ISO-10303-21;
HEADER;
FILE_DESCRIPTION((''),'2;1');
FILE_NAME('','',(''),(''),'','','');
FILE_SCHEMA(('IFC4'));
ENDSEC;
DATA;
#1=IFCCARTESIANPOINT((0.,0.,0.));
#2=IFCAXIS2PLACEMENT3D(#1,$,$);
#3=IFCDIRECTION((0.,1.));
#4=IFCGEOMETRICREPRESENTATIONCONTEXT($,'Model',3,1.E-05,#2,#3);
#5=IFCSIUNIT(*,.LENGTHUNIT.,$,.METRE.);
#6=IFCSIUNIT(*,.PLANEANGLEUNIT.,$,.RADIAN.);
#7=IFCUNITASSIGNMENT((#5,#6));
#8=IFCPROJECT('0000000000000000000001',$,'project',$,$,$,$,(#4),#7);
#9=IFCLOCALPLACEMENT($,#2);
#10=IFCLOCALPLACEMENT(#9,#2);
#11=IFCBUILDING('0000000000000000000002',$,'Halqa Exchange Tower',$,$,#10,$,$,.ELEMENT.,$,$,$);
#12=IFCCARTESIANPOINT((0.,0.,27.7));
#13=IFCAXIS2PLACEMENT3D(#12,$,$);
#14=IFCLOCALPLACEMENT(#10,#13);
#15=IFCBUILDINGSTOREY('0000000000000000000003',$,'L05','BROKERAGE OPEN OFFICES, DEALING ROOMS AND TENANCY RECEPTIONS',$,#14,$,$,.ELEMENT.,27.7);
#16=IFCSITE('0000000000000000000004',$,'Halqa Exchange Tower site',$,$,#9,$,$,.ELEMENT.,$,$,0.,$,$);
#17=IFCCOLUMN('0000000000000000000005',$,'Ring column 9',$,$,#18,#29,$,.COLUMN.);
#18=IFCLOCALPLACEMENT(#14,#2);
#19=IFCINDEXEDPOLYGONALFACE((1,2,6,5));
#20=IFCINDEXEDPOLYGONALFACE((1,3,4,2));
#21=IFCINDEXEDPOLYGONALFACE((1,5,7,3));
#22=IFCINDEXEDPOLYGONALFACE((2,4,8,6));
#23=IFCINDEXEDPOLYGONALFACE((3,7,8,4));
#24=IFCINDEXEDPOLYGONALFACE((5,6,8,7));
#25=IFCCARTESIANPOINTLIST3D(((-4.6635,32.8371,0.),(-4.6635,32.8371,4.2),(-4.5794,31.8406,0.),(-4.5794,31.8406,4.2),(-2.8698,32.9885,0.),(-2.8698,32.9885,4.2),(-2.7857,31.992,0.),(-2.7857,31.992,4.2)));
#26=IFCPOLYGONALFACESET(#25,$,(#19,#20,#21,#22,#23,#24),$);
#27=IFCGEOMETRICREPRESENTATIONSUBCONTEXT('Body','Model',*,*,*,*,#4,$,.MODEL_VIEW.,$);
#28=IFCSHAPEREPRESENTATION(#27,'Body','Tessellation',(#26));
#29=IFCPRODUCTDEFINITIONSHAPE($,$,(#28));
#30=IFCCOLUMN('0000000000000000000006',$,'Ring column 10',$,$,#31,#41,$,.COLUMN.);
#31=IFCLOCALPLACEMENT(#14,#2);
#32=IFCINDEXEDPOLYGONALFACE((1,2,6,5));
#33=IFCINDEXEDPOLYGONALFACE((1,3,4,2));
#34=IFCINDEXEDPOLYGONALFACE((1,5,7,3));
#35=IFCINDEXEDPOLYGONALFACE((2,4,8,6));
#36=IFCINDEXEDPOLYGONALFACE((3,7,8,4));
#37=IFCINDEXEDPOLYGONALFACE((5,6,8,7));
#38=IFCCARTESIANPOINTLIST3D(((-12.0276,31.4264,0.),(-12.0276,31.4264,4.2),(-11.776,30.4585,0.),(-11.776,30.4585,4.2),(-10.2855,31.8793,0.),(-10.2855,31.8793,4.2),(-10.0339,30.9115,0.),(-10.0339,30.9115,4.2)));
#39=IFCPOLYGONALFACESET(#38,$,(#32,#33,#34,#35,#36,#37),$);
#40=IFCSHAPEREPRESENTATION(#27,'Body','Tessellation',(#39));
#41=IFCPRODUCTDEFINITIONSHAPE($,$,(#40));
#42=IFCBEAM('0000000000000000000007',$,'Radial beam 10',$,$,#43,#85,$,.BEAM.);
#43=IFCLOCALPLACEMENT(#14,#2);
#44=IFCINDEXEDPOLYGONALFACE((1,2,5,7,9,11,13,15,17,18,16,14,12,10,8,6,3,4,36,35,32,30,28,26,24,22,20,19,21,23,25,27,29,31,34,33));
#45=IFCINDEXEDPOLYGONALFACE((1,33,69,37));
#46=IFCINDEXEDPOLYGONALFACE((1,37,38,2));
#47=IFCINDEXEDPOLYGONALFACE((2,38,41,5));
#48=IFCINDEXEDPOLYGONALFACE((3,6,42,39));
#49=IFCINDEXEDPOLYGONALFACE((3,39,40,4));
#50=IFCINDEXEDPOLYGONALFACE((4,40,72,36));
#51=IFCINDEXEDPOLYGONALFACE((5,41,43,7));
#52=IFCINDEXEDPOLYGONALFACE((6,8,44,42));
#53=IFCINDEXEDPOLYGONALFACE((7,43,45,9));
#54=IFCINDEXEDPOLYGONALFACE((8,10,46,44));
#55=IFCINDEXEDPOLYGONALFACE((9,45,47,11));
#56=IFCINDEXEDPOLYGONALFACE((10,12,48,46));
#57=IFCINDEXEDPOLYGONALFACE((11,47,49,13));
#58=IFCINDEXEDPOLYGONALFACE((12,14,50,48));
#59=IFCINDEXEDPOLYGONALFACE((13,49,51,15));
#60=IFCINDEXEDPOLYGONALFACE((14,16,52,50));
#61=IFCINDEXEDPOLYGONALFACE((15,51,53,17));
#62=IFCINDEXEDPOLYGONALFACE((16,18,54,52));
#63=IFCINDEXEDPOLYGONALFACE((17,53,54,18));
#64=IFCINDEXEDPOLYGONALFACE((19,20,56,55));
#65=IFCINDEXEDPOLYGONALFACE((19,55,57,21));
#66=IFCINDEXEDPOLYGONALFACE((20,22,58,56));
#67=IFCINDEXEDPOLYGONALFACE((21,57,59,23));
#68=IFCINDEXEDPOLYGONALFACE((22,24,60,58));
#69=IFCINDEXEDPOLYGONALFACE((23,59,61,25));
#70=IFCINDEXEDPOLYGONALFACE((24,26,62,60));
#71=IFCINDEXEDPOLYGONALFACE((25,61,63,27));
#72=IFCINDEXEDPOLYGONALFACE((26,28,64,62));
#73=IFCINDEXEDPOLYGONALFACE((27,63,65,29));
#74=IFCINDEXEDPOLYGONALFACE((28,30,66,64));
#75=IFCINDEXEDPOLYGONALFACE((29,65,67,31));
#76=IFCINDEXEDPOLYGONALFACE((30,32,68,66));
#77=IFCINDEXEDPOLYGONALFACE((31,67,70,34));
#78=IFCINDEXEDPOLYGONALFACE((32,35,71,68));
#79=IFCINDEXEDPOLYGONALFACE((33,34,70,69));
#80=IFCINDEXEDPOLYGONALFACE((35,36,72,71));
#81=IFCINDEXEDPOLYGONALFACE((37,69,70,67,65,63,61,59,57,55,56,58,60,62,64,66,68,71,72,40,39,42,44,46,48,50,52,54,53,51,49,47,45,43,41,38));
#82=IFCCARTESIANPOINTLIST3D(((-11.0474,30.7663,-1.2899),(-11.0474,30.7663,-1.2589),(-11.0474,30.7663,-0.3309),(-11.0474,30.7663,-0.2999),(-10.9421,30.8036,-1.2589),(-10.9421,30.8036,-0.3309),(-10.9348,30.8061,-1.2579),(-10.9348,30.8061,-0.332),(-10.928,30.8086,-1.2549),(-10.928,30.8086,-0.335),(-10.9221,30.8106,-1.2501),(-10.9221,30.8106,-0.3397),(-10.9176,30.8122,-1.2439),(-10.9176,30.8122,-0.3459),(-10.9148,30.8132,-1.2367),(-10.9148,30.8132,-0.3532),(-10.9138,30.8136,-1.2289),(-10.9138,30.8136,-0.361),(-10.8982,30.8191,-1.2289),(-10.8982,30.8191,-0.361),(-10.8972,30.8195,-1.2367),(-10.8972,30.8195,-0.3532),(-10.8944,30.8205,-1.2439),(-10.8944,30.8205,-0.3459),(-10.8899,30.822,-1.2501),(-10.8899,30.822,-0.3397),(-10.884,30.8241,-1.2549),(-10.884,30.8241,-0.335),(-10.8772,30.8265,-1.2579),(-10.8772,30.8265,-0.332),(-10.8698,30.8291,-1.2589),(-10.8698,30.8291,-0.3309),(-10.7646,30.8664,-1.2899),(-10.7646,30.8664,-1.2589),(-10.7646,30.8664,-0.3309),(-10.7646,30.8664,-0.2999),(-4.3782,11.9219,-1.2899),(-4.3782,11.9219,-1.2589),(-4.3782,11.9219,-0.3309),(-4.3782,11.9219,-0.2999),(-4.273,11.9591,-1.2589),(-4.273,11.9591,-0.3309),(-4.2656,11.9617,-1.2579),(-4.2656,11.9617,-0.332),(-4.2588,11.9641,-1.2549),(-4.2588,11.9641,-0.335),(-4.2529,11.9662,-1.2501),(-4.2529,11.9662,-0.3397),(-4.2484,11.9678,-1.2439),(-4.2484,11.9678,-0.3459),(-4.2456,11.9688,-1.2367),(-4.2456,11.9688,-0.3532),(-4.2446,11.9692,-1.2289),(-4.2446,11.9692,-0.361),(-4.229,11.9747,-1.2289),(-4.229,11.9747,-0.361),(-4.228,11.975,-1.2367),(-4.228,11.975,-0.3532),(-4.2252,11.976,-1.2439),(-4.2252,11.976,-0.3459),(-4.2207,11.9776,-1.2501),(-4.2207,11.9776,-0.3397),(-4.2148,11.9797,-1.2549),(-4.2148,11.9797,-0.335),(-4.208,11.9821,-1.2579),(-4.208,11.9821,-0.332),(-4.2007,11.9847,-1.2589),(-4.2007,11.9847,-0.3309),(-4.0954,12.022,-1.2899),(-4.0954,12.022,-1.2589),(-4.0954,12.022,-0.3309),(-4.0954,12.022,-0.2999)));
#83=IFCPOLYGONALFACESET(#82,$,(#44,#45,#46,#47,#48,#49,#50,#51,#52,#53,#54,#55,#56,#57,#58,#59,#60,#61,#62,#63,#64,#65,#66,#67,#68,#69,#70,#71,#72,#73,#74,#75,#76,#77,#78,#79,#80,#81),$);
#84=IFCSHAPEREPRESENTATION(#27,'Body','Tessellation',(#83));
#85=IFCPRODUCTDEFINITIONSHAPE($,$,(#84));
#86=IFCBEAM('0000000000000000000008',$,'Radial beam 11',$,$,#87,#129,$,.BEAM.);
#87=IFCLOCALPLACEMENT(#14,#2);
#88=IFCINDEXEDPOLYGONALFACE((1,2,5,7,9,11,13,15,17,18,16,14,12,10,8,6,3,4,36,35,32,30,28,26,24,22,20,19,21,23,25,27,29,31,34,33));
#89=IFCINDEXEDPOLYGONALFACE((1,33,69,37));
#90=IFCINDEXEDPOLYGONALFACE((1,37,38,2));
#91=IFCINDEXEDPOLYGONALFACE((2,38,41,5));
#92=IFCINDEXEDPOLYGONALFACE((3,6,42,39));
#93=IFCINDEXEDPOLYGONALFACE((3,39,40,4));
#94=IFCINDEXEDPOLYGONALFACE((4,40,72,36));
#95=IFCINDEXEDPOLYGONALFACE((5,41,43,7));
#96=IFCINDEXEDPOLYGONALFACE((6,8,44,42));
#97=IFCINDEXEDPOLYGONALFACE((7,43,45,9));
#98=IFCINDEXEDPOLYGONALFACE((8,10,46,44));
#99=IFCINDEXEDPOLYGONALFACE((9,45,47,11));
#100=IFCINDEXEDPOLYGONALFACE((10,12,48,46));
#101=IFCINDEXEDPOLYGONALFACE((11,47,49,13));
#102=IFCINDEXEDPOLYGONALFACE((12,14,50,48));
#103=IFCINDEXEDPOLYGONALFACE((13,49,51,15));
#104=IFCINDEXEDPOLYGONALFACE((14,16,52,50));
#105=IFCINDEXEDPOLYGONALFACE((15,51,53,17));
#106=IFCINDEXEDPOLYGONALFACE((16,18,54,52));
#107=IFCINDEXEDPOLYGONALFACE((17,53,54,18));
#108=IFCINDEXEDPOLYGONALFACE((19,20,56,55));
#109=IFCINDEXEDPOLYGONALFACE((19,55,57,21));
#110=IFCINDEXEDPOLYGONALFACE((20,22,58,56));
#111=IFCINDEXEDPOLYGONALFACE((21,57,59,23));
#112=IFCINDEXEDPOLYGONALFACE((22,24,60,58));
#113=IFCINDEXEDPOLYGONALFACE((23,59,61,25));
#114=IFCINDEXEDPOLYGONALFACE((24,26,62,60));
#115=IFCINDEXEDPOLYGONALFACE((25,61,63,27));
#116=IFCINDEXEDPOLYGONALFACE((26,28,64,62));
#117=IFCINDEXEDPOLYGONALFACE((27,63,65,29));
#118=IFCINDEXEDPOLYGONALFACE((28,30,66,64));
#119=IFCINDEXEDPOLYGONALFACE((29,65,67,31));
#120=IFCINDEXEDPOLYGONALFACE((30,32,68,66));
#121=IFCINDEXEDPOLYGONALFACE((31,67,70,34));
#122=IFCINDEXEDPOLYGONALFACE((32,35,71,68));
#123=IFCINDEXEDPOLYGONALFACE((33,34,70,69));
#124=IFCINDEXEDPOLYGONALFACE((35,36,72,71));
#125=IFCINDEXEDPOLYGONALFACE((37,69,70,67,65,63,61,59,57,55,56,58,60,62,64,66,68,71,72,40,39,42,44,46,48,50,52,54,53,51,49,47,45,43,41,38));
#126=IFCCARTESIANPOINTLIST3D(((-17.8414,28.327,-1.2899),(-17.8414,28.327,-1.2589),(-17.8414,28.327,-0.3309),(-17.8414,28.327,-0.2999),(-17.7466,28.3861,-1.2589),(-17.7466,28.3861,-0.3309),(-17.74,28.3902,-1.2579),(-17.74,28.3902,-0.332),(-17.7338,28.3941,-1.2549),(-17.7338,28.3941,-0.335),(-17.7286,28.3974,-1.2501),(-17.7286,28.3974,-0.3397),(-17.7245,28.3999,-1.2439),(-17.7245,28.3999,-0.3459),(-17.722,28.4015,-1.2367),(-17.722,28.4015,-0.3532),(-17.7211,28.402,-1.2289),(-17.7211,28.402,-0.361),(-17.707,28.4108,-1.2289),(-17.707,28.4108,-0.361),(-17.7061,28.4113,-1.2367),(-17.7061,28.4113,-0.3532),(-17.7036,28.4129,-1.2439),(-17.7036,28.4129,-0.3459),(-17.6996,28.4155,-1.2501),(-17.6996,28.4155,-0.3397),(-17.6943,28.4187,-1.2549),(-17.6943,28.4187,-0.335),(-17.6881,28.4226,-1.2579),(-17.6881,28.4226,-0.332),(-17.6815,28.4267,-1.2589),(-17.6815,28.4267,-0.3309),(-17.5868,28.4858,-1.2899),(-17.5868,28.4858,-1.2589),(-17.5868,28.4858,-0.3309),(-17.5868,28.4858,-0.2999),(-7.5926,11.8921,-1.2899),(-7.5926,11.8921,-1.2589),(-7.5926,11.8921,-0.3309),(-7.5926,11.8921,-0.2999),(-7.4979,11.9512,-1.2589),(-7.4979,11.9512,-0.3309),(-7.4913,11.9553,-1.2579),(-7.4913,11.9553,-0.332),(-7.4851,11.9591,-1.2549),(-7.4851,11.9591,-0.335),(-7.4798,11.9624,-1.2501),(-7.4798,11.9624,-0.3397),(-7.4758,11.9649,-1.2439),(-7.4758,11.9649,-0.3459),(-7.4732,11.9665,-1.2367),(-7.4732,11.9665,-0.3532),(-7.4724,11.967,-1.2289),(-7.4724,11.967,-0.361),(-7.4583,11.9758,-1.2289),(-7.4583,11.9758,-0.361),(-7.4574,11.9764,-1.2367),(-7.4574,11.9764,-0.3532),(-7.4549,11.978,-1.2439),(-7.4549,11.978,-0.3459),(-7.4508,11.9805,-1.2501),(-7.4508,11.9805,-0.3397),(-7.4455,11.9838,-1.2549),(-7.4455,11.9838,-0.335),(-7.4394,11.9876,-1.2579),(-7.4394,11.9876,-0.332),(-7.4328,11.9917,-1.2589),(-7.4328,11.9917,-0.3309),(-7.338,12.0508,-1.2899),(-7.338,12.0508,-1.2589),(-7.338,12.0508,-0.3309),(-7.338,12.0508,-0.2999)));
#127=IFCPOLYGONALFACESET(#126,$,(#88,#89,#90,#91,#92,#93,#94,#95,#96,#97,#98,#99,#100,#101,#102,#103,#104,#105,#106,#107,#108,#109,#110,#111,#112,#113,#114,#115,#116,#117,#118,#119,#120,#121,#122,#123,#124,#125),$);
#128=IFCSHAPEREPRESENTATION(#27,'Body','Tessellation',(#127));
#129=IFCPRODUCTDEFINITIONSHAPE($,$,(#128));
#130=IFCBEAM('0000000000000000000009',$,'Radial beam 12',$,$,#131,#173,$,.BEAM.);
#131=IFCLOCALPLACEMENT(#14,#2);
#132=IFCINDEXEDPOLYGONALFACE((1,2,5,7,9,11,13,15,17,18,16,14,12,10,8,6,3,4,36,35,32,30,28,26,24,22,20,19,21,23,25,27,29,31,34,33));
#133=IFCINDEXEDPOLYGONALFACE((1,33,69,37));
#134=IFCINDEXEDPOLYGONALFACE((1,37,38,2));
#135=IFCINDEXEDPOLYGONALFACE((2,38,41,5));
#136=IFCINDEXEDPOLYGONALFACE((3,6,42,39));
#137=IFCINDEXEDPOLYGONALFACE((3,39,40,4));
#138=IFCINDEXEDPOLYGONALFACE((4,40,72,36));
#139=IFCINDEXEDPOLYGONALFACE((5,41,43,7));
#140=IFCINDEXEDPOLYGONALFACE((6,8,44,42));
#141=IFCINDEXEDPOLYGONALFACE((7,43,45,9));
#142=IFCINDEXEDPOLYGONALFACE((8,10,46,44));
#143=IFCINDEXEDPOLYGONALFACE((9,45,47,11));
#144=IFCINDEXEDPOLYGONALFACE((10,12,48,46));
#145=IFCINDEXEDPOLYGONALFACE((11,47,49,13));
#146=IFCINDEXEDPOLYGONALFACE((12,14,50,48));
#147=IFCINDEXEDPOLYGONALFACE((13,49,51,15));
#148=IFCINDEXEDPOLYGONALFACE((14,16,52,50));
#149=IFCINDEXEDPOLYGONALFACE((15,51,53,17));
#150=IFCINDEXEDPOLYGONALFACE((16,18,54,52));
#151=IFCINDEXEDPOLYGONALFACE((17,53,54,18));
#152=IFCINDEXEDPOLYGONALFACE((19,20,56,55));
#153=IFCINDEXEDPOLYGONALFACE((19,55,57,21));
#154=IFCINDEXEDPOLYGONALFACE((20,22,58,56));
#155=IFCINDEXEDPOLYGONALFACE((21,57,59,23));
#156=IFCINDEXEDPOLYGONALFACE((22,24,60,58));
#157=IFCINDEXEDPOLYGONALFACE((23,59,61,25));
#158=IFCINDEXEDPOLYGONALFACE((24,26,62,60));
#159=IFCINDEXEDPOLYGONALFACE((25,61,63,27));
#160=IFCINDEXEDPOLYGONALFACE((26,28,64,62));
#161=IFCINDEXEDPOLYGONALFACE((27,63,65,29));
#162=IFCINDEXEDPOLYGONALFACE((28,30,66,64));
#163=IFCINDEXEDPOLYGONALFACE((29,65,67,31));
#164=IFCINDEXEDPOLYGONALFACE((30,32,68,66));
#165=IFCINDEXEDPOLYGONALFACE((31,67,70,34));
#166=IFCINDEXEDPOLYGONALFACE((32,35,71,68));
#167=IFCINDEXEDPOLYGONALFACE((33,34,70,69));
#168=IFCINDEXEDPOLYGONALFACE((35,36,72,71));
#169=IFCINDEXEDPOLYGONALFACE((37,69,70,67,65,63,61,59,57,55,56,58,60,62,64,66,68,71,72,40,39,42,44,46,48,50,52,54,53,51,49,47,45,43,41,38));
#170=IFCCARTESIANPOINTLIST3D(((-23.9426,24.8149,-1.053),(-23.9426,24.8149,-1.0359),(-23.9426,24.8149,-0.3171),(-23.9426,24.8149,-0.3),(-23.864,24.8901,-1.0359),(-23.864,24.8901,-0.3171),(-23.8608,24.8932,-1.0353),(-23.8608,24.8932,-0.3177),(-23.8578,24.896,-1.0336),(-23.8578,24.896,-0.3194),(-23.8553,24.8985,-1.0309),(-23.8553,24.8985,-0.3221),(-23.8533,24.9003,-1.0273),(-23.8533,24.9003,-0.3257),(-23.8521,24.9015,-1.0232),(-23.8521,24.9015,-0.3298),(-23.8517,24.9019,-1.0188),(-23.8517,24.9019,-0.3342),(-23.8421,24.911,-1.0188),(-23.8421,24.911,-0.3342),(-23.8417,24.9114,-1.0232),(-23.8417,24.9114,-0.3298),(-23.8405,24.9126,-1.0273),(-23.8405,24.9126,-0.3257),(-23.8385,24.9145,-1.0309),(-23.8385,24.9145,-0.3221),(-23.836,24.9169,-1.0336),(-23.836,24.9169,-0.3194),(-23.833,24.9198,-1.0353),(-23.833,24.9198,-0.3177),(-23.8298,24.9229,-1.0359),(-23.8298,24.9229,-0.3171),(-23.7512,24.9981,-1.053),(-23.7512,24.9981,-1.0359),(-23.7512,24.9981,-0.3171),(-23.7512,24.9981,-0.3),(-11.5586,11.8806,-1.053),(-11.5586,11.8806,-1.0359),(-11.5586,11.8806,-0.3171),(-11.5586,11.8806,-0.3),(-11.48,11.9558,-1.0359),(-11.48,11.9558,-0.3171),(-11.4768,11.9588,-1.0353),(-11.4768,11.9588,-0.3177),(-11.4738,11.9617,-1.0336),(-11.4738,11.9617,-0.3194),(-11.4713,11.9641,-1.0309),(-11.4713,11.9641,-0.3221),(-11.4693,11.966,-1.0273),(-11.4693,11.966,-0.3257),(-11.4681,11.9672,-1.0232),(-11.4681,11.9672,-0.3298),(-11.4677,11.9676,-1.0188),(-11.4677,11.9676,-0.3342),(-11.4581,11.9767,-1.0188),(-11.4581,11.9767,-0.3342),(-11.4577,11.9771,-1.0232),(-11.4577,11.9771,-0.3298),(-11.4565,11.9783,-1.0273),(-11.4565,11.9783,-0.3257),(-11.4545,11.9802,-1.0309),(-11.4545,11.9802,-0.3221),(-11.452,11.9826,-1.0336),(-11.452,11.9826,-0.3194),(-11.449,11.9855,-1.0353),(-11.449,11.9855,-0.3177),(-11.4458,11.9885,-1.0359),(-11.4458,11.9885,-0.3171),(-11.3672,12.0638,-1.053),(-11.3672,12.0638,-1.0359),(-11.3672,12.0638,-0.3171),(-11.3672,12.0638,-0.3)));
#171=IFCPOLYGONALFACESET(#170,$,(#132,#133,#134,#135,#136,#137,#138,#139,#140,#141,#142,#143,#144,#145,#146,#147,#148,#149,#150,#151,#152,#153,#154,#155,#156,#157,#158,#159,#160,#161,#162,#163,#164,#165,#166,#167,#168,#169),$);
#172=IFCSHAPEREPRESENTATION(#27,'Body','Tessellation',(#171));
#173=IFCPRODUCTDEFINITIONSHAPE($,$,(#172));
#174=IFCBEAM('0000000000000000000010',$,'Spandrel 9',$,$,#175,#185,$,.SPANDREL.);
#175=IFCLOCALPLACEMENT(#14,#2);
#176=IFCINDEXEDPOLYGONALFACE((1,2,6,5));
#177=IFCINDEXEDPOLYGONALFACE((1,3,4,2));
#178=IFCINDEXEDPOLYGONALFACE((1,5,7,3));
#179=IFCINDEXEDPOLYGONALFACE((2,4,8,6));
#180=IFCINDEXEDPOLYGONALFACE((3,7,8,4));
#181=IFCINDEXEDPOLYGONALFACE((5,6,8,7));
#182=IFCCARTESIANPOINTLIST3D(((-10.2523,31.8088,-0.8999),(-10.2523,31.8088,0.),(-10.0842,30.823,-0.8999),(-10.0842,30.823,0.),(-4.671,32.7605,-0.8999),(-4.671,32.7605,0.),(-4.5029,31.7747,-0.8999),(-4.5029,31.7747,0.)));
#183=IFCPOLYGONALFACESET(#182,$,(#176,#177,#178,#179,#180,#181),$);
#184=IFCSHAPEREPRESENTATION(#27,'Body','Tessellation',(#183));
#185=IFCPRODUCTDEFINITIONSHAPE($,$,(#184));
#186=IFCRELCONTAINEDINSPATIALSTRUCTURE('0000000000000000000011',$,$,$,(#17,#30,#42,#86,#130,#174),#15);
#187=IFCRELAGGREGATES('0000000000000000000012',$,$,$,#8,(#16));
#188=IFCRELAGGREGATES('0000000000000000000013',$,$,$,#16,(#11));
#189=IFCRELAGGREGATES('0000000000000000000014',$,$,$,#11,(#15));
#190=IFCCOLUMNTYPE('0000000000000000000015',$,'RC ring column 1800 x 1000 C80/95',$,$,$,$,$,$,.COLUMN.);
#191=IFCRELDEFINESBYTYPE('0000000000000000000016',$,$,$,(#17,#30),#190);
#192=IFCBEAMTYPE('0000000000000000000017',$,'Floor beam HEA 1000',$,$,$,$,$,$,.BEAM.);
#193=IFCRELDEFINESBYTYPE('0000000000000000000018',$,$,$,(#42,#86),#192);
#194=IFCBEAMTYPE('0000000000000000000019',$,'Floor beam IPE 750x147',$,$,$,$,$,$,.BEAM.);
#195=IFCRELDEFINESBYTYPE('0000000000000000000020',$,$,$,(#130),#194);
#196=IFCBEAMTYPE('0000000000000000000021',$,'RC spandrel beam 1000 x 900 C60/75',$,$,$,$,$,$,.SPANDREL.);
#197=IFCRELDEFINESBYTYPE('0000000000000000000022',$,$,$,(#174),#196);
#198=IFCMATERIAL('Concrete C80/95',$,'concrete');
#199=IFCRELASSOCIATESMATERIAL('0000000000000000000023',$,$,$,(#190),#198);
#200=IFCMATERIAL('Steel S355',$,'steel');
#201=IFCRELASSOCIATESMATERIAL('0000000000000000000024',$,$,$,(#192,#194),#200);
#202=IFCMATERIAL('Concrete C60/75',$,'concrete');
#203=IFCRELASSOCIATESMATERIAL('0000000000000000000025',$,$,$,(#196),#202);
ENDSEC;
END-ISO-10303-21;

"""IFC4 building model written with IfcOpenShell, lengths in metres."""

from ifc_helpers import new_model, si_unit, direction, frame, origin, origin_2d, place, context, subcontext, project, spatial, rectangle, i_section, extrude, material, material_profile, profile_set, type_object, element, save


model = new_model("IFC4")

# Units and contexts
model_context = context("Model", 3, precision=1e-05, world=origin(), true_north=direction((0.0, 1.0)))
body_context = subcontext(model_context, "Body", "Model", "MODEL_VIEW")
ifc_project = project(units=[si_unit("LENGTHUNIT", "METRE"), si_unit("PLANEANGLEUNIT", "RADIAN")], contexts=[model_context])

# Site, building, storey
site_placement = place(None, origin())
site = spatial("IfcSite", under=ifc_project, at=site_placement, Name="Halqa Exchange Tower site", CompositionType="ELEMENT", RefElevation=0.0)
building_placement = place(site_placement, origin())
building = spatial("IfcBuilding", under=site, at=building_placement, Name="Halqa Exchange Tower", CompositionType="ELEMENT")
storey_placement = place(building_placement, frame((0.0, 0.0, 27.7)))
storey = spatial("IfcBuildingStorey", under=building, at=storey_placement, Name="L05", Description="BROKERAGE OPEN OFFICES, DEALING ROOMS AND TENANCY RECEPTIONS", CompositionType="ELEMENT", Elevation=27.7)

# Columns
ifc_material_1 = material(Name="Concrete C80/95", Category="concrete")
ifc_material_profile_1 = material_profile(ifc_material_1, rectangle(XDim=1.8, YDim=1.0, at=origin_2d()), Name="1800 x 1000")
ifc_profile_set_1 = profile_set([ifc_material_profile_1], Name="Concrete C80/95")
column_type = type_object("IfcColumnType", Name="RC ring column 1800 x 1000 C80/95", PredefinedType="COLUMN", material=ifc_profile_set_1)
for number, where, z_axis, x_axis, name in (
    (1, (-3.7246, 32.4146, 0.0), (0.0, 0.0, 1.0), (-0.996455, -0.084123, 0.0), "Ring column 9"),
    (2, (-11.0308, 31.1689, 0.0), (0.0, 0.0, 1.0), (-0.967819, -0.251647, 0.0), "Ring column 10"),
):
    element("IfcColumn", number, at=place(storey_placement, frame(where, z_axis=z_axis, x_axis=x_axis)), inside=storey, type_object=column_type, Name=name, PredefinedType="COLUMN", context=body_context, shape_type="SweptSolid", body=[
        extrude(rectangle(XDim=1.8, YDim=1.0, at=origin_2d()), origin(), (0.0, 0.0, 1.0), 4.2),
    ])

# Beams
ifc_material_2 = material(Name="Steel S355", Category="steel")
ifc_material_profile_2 = material_profile(ifc_material_2, i_section(OverallWidth=0.3, OverallDepth=0.99, WebThickness=0.0166, FlangeThickness=0.031, FilletRadius=0.03, at=origin_2d()), Name="HEA 1000")
ifc_profile_set_2 = profile_set([ifc_material_profile_2], Name="Steel S355")
beam_type_1 = type_object("IfcBeamType", Name="Floor beam HEA 1000", PredefinedType="BEAM", material=ifc_profile_set_2)
beam_1_placement = place(storey_placement, frame((-4.2368, 11.9719, -0.7949), z_axis=(-0.333629, 0.942704, 0.0), x_axis=(-0.942704, -0.333629, 0.0)))
element("IfcBeam", 3, at=beam_1_placement, inside=storey, type_object=beam_type_1, Name="Radial beam 10", PredefinedType="BEAM", context=body_context, shape_type="SweptSolid", body=[
    extrude(i_section(OverallWidth=0.3, OverallDepth=0.99, WebThickness=0.0166, FlangeThickness=0.031, FilletRadius=0.03, at=origin_2d()), origin(), (0.0, 0.0, 1.0), 19.9897),
])
beam_2_placement = place(storey_placement, frame((-7.4653, 11.9714, -0.7949), z_axis=(-0.52914, 0.848535, 0.0), x_axis=(-0.848535, -0.52914, 0.0)))
element("IfcBeam", 4, at=beam_2_placement, inside=storey, type_object=beam_type_1, Name="Radial beam 11", PredefinedType="BEAM", context=body_context, shape_type="SweptSolid", body=[
    extrude(i_section(OverallWidth=0.3, OverallDepth=0.99, WebThickness=0.0166, FlangeThickness=0.031, FilletRadius=0.03, at=origin_2d()), origin(), (0.0, 0.0, 1.0), 19.3687),
])
ifc_material_profile_3 = material_profile(ifc_material_2, i_section(OverallWidth=0.2649, OverallDepth=0.7529, WebThickness=0.0132, FlangeThickness=0.0171, FilletRadius=0.0171, at=origin_2d()), Name="IPE 750x147")
ifc_profile_set_3 = profile_set([ifc_material_profile_3], Name="Steel S355")
beam_type_2 = type_object("IfcBeamType", Name="Floor beam IPE 750x147", PredefinedType="BEAM", material=ifc_profile_set_3)
beam_3_placement = place(storey_placement, frame((-11.4629, 11.9722, -0.6765), z_axis=(-0.691575, 0.722305, 0.0), x_axis=(-0.722305, -0.691575, 0.0)))
element("IfcBeam", 5, at=beam_3_placement, inside=storey, type_object=beam_type_2, Name="Radial beam 12", PredefinedType="BEAM", context=body_context, shape_type="SweptSolid", body=[
    extrude(i_section(OverallWidth=0.2649, OverallDepth=0.7529, WebThickness=0.0132, FlangeThickness=0.0171, FilletRadius=0.0171, at=origin_2d()), origin(), (0.0, 0.0, 1.0), 17.907),
])
ifc_material_3 = material(Name="Concrete C60/75", Category="concrete")
ifc_material_profile_4 = material_profile(ifc_material_3, rectangle(XDim=1.0, YDim=0.8999, at=origin_2d()), Name="1000 x 900")
ifc_profile_set_4 = profile_set([ifc_material_profile_4], Name="Concrete C60/75")
beam_type_3 = type_object("IfcBeamType", Name="RC spandrel beam 1000 x 900 C60/75", PredefinedType="SPANDREL", material=ifc_profile_set_4)
beam_4_placement = place(storey_placement, frame((-4.5869, 32.2676, -0.45), z_axis=(-0.985773, -0.168083, 0.0), x_axis=(0.168083, -0.985773, 0.0)))
element("IfcBeam", 6, at=beam_4_placement, inside=storey, type_object=beam_type_3, Name="Spandrel 9", PredefinedType="SPANDREL", context=body_context, shape_type="SweptSolid", body=[
    extrude(rectangle(XDim=1.0, YDim=0.8999, at=origin_2d()), origin(), (0.0, 0.0, 1.0), 5.6619),
])

save(model, "model.ifc")
